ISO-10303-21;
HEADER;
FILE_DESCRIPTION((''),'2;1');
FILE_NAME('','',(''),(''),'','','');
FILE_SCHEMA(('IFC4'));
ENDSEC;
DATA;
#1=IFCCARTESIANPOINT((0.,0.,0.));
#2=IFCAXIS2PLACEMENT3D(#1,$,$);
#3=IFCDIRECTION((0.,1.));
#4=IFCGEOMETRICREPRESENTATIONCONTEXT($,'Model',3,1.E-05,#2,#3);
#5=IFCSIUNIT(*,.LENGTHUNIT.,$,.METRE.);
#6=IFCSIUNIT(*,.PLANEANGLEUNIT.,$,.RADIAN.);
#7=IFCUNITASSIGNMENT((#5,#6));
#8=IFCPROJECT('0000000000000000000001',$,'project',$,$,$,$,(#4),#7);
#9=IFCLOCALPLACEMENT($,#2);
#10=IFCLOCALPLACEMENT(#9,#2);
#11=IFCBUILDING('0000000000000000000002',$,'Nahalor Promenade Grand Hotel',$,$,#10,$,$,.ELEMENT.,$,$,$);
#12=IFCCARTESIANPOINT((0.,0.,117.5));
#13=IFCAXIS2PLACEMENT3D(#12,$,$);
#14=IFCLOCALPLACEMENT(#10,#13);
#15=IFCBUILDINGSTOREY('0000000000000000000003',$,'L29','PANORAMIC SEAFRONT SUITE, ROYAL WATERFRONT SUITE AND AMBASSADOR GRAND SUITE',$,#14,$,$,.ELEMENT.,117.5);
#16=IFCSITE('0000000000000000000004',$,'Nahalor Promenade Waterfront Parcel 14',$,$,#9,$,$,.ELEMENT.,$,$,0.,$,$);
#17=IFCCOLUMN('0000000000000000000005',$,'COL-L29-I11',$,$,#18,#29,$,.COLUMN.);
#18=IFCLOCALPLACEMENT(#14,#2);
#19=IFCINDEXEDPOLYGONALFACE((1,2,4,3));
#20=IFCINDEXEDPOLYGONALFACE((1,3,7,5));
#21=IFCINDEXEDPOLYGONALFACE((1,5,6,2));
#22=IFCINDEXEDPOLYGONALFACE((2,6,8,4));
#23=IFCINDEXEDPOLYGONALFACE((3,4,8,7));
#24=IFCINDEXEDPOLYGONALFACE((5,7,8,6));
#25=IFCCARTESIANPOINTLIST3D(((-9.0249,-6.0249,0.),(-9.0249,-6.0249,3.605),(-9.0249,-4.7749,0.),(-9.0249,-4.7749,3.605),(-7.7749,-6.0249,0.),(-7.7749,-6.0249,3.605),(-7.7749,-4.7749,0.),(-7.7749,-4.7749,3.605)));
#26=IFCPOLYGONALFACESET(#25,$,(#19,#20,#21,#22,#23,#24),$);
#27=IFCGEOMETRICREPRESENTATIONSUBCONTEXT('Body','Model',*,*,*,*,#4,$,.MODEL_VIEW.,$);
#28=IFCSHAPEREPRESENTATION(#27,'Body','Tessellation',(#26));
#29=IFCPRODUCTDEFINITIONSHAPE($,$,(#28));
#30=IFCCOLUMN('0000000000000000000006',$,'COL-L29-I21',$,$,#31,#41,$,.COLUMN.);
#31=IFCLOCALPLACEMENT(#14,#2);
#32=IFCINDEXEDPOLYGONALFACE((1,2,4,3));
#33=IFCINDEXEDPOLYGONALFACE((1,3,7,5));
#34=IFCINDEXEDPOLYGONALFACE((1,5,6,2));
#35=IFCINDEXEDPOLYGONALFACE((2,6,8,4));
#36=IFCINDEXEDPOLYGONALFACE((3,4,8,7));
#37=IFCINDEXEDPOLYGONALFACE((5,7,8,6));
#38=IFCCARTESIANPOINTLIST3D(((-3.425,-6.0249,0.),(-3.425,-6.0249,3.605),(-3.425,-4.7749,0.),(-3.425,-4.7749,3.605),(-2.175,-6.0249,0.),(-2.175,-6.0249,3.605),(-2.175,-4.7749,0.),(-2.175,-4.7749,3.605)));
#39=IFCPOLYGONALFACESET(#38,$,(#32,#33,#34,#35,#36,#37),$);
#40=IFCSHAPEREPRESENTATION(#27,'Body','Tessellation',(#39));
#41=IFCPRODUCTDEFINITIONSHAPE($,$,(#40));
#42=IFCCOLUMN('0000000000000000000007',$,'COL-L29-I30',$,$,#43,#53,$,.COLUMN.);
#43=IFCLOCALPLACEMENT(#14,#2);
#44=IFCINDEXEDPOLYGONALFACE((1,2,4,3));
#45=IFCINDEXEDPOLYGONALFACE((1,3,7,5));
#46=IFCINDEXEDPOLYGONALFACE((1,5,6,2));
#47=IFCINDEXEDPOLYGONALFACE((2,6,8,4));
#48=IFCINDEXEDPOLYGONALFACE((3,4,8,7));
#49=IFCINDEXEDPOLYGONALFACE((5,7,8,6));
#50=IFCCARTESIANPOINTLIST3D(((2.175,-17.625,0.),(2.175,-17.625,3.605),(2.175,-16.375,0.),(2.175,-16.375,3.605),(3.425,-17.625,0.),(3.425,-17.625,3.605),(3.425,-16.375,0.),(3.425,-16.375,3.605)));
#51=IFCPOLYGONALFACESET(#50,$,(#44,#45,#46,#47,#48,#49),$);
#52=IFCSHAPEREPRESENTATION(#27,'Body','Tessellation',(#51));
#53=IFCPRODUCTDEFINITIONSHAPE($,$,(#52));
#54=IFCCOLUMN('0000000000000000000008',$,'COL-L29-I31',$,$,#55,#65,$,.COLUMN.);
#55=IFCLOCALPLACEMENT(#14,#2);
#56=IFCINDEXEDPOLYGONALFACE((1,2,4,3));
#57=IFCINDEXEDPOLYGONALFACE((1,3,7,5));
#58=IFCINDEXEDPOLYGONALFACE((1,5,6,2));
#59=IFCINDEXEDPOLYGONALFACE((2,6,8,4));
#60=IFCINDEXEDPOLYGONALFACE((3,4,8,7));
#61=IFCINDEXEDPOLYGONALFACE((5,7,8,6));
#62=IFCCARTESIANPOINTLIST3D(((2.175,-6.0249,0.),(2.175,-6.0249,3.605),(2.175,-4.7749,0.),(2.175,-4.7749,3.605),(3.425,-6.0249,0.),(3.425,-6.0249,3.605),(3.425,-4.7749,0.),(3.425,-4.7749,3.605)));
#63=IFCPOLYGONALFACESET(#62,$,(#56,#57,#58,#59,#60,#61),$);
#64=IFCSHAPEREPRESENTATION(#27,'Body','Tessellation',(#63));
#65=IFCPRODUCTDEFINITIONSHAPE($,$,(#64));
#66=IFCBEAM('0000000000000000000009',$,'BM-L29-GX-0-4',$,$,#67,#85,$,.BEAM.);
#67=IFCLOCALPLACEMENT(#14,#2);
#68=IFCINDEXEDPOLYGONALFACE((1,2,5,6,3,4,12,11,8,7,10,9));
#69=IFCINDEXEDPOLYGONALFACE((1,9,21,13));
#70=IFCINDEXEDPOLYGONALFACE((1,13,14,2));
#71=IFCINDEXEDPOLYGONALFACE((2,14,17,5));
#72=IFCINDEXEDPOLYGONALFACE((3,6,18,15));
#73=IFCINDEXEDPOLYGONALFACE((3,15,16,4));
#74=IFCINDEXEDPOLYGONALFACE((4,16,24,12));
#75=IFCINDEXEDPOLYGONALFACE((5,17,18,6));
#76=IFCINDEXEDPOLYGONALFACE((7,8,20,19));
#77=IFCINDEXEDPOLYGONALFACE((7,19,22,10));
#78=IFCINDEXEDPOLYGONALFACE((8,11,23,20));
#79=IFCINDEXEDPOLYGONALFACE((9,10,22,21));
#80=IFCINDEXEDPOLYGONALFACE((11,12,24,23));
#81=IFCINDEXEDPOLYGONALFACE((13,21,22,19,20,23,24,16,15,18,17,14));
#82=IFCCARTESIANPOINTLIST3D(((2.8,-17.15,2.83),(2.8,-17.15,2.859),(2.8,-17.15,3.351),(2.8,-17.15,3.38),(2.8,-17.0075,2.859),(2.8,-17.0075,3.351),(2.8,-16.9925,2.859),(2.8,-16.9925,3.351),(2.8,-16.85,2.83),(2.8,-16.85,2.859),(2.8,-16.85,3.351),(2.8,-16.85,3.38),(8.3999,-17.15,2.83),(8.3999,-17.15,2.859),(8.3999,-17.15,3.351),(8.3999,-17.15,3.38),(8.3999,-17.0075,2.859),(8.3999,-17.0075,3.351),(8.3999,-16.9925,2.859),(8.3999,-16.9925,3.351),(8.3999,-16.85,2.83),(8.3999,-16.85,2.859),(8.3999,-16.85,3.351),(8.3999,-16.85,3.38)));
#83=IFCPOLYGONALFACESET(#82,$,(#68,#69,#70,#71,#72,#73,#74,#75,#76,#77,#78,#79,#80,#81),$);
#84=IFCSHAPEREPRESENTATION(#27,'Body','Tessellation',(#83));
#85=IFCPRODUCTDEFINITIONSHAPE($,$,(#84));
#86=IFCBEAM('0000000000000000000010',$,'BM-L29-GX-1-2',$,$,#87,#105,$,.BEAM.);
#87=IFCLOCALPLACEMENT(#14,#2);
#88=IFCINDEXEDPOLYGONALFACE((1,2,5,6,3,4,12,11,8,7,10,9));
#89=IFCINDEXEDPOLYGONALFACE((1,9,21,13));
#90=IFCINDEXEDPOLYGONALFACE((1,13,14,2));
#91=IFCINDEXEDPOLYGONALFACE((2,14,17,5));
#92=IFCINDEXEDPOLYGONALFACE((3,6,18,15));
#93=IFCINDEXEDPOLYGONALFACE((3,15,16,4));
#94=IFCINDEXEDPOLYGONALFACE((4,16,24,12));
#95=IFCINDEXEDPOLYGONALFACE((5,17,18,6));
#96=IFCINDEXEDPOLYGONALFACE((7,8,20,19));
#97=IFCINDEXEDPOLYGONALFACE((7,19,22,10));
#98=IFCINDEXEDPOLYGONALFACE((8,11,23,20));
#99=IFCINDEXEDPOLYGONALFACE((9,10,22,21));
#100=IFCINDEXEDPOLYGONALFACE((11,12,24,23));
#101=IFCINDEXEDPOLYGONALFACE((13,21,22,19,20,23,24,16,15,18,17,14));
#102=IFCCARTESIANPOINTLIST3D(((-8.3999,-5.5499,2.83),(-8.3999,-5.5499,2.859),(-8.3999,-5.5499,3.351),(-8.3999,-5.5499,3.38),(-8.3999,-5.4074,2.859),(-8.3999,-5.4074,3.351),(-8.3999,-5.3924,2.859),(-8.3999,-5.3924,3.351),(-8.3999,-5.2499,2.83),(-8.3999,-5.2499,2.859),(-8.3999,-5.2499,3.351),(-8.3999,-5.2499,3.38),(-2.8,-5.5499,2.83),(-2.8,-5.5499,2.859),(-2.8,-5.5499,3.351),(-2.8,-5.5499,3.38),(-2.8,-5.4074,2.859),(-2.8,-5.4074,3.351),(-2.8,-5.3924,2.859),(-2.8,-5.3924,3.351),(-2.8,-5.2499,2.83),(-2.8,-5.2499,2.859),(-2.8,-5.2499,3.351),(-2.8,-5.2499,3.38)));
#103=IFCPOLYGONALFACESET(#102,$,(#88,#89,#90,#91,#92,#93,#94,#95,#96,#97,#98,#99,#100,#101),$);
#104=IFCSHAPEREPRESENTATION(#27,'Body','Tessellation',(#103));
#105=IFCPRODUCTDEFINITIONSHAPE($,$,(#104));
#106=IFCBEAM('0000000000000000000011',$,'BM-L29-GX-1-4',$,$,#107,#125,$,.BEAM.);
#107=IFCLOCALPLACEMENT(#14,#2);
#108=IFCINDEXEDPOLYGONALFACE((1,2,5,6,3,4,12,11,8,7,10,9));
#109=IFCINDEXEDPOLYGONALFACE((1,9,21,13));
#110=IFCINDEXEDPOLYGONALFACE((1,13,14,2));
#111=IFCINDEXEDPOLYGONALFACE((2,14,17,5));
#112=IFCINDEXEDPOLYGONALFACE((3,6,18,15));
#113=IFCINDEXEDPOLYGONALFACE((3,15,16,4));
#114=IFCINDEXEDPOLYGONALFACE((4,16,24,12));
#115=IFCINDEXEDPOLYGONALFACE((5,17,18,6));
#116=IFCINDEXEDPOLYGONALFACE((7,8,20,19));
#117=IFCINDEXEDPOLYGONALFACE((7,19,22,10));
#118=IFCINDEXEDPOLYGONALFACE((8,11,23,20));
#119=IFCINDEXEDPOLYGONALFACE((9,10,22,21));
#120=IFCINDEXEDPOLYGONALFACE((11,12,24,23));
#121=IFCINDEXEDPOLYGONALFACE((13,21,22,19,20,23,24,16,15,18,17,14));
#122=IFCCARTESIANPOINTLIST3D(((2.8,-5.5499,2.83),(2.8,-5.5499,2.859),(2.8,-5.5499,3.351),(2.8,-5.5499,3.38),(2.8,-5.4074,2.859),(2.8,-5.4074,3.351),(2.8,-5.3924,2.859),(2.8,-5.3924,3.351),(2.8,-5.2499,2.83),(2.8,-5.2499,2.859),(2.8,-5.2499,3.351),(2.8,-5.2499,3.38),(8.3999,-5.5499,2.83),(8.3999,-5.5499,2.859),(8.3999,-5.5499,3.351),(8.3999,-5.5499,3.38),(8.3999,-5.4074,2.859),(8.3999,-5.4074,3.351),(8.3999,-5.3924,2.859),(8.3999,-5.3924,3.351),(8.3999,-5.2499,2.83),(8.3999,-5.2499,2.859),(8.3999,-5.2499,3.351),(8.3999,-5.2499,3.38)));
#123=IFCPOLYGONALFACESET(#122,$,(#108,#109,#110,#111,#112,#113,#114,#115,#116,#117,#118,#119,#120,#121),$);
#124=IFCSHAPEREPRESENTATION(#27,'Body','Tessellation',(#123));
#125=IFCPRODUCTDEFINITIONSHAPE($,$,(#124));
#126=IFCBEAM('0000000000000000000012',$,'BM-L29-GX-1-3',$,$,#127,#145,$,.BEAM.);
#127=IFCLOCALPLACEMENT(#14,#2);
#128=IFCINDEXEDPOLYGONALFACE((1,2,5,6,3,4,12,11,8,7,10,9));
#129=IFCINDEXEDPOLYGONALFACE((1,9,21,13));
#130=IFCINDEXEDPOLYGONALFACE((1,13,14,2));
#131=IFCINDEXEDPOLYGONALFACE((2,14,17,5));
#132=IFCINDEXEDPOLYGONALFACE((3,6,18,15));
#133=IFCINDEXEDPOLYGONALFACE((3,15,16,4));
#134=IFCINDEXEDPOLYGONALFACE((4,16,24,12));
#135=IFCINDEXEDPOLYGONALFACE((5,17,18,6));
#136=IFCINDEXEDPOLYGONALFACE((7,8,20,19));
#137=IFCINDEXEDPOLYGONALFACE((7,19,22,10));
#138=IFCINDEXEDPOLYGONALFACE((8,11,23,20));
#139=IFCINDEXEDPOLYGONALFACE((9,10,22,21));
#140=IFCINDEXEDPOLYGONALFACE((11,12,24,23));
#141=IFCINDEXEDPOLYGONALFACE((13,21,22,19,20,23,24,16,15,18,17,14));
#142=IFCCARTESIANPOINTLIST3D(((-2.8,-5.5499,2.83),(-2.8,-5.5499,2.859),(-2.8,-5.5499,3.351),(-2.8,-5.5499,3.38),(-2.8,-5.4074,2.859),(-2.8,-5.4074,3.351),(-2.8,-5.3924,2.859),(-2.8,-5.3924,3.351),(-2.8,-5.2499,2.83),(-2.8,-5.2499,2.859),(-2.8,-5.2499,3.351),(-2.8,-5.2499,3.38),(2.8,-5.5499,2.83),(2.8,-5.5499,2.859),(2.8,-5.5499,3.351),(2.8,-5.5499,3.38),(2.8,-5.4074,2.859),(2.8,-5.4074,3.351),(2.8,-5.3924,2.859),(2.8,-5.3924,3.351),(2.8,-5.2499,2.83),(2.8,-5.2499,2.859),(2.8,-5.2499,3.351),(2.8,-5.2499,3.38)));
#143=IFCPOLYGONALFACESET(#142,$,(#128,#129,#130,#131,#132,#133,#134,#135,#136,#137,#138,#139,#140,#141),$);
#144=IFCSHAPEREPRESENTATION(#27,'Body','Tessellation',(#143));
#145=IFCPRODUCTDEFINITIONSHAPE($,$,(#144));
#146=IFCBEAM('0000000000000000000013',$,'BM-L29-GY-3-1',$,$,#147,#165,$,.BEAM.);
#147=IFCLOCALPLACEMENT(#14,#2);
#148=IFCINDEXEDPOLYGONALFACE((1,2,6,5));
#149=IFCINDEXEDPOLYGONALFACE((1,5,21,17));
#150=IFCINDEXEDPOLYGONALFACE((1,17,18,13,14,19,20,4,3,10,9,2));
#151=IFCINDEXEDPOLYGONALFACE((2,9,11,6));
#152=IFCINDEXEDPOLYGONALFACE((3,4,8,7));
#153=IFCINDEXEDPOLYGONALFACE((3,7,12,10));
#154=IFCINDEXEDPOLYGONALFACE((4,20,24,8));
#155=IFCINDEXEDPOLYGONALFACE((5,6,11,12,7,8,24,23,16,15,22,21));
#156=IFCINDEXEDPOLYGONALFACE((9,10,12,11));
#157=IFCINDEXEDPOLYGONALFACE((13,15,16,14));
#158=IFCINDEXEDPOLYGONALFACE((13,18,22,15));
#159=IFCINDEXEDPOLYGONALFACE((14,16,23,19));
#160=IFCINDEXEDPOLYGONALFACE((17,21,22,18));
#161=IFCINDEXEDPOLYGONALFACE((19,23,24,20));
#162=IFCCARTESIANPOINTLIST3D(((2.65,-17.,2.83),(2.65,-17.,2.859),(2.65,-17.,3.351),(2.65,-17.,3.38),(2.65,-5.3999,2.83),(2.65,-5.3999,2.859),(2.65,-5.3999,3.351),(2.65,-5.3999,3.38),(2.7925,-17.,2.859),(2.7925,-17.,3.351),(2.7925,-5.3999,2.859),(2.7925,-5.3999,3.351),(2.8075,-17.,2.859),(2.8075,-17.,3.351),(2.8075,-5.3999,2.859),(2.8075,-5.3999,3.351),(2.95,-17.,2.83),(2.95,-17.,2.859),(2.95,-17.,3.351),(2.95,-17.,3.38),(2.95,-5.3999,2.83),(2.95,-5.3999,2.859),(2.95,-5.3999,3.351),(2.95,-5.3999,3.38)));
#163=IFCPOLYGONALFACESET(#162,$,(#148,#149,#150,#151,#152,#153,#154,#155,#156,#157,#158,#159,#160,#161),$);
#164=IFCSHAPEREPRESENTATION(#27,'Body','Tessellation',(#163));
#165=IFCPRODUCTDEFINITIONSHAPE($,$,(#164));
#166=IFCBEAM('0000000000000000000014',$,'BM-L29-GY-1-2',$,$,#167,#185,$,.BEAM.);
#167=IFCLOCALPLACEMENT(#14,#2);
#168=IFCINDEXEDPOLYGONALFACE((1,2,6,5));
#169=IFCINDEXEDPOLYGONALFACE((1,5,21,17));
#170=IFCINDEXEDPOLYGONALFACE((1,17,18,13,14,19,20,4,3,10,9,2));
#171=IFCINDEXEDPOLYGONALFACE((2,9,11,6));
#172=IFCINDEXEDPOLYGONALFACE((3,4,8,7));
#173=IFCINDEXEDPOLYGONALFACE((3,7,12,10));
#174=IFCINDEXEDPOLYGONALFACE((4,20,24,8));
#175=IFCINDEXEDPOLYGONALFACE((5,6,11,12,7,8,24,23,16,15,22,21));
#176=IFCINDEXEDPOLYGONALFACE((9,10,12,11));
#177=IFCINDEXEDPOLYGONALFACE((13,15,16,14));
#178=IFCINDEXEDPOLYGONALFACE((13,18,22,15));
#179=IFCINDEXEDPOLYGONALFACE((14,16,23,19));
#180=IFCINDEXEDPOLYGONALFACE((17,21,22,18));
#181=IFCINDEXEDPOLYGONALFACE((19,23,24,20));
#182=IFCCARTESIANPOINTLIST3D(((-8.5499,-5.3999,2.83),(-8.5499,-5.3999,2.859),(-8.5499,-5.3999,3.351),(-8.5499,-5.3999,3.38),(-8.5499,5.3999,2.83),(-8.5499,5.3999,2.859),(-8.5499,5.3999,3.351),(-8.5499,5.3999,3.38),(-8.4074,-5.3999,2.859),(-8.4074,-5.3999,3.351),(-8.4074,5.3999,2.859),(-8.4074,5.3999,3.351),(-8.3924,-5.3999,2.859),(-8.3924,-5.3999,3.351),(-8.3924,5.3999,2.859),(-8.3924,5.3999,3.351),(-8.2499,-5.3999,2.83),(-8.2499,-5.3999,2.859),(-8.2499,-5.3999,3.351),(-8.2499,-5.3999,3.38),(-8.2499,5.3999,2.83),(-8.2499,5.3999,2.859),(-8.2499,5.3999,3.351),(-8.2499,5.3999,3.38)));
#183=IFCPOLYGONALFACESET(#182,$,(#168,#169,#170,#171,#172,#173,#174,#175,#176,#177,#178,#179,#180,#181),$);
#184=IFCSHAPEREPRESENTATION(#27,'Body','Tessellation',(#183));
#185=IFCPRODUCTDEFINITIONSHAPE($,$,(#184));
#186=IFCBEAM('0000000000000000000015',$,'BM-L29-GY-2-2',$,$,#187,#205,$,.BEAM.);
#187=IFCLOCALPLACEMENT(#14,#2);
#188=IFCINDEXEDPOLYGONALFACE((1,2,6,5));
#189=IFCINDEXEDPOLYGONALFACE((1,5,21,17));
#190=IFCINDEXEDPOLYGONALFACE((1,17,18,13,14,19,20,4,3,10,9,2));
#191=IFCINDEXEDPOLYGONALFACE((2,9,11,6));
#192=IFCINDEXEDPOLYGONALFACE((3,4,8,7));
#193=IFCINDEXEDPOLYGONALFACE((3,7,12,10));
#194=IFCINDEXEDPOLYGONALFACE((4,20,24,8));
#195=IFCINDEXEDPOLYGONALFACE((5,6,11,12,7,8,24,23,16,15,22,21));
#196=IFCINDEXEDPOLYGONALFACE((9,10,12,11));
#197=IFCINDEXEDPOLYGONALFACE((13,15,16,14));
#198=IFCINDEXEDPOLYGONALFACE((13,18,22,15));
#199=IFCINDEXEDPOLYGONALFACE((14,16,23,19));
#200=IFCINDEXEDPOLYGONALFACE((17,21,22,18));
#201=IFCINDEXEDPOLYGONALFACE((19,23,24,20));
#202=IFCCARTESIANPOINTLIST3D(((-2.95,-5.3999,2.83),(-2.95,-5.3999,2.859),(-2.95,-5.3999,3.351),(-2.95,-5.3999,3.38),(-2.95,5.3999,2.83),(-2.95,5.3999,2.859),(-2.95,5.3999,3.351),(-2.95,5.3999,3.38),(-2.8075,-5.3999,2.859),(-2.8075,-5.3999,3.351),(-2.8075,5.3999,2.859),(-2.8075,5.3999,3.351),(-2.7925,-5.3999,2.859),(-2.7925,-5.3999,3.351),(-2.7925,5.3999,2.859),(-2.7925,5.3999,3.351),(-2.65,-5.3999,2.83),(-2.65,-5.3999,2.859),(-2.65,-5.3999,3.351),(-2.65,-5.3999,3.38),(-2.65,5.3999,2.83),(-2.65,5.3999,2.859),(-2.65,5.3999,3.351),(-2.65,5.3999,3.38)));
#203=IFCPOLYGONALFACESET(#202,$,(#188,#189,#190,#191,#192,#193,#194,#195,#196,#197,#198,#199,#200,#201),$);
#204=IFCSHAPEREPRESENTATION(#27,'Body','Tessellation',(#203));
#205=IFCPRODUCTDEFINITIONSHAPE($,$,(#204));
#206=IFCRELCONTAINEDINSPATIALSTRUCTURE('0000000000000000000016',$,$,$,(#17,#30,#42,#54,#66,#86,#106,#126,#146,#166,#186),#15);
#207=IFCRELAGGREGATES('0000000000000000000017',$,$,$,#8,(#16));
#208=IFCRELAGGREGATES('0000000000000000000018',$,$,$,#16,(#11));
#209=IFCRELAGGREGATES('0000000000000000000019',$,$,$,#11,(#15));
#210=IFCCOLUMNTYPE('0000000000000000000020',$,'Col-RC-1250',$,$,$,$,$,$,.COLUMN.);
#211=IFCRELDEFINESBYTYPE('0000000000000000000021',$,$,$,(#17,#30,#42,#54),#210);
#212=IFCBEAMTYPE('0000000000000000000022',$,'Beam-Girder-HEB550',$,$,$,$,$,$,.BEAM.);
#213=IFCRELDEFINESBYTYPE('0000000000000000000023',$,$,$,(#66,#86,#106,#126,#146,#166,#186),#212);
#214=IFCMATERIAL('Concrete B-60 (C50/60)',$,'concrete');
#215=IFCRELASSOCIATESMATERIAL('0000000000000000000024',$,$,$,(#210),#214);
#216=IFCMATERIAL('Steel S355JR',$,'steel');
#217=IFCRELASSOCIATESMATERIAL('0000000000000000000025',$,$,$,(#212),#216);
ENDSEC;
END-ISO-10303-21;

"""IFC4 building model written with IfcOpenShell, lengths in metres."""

from ifc_helpers import new_model, si_unit, direction, frame, origin, origin_2d, place, context, subcontext, project, spatial, rectangle, i_section, extrude, source, transform, mapped, material, material_profile, profile_set, type_object, element, save


model = new_model("IFC4")

# Units and contexts
model_context = context("Model", 3, precision=1e-05, world=origin(), true_north=direction((0.0, 1.0)))
body_context = subcontext(model_context, "Body", "Model", "MODEL_VIEW")
ifc_project = project(units=[si_unit("LENGTHUNIT", "METRE"), si_unit("PLANEANGLEUNIT", "RADIAN")], contexts=[model_context])

# Site, building, storey
site_placement = place(None, origin())
site = spatial("IfcSite", under=ifc_project, at=site_placement, Name="Nahalor Promenade Waterfront Parcel 14", CompositionType="ELEMENT", RefElevation=0.0)
building_placement = place(site_placement, origin())
building = spatial("IfcBuilding", under=site, at=building_placement, Name="Nahalor Promenade Grand Hotel", CompositionType="ELEMENT")
storey_placement = place(building_placement, frame((0.0, 0.0, 117.5)))
storey = spatial("IfcBuildingStorey", under=building, at=storey_placement, Name="L29", Description="PANORAMIC SEAFRONT SUITE, ROYAL WATERFRONT SUITE AND AMBASSADOR GRAND SUITE", CompositionType="ELEMENT", Elevation=117.5)

# Columns
ifc_material_1 = material(Name="Concrete B-60 (C50/60)", Category="concrete")
ifc_material_profile_1 = material_profile(ifc_material_1, rectangle(XDim=1.25, YDim=1.25, at=origin_2d()), Name="RC 1250x1250")
ifc_profile_set_1 = profile_set([ifc_material_profile_1], Name="Concrete B-60 (C50/60)")
column_type = type_object("IfcColumnType", Name="Col-RC-1250", PredefinedType="COLUMN", material=ifc_profile_set_1)
shared_shape_1 = source(origin(), body_context, "Body", "SweptSolid", [
    extrude(rectangle(XDim=1.25, YDim=1.25, at=origin_2d()), origin(), (0.0, 0.0, 1.0), 3.605),
])
for number, where, z_axis, x_axis, name in (
    (1, (-8.3999, -5.3999, 0.0), (0.0, 0.0, 1.0), (1.0, 0.0, 0.0), "COL-L29-I11"),
    (2, (-2.8, -5.3999, 0.0), (0.0, 0.0, 1.0), (1.0, 0.0, 0.0), "COL-L29-I21"),
    (3, (2.8, -17.0, 0.0), (0.0, 0.0, 1.0), (1.0, 0.0, 0.0), "COL-L29-I30"),
    (4, (2.8, -5.3999, 0.0), (0.0, 0.0, 1.0), (1.0, 0.0, 0.0), "COL-L29-I31"),
):
    element("IfcColumn", number, at=place(storey_placement, frame(where, z_axis=z_axis, x_axis=x_axis)), inside=storey, type_object=column_type, Name=name, PredefinedType="COLUMN", context=body_context, shape_type="MappedRepresentation", body=[
        mapped(shared_shape_1, transform((0.0, 0.0, 0.0), scale=1.0)),
    ])

# Beams
ifc_material_2 = material(Name="Steel S355JR", Category="steel")
ifc_material_profile_2 = material_profile(ifc_material_2, i_section(OverallWidth=0.3, OverallDepth=0.55, WebThickness=0.015, FlangeThickness=0.029, at=origin_2d()), Name="HEB 550")
ifc_profile_set_2 = profile_set([ifc_material_profile_2], Name="Steel S355JR")
beam_type = type_object("IfcBeamType", Name="Beam-Girder-HEB550", PredefinedType="BEAM", material=ifc_profile_set_2)
shared_shape_2 = source(origin(), body_context, "Body", "SweptSolid", [
    extrude(i_section(OverallWidth=0.3, OverallDepth=0.55, WebThickness=0.015, FlangeThickness=0.029, at=origin_2d()), origin(), (0.0, 0.0, 1.0), 5.5999),
])
for number, where, z_axis, x_axis, name in (
    (5, (2.8, -17.0, 3.105), (1.0, 0.0, 0.0), (0.0, 1.0, 0.0), "BM-L29-GX-0-4"),
    (6, (-8.3999, -5.3999, 3.105), (1.0, 0.0, 0.0), (0.0, 1.0, 0.0), "BM-L29-GX-1-2"),
    (7, (2.8, -5.3999, 3.105), (1.0, 0.0, 0.0), (0.0, 1.0, 0.0), "BM-L29-GX-1-4"),
):
    element("IfcBeam", number, at=place(storey_placement, frame(where, z_axis=z_axis, x_axis=x_axis)), inside=storey, type_object=beam_type, Name=name, PredefinedType="BEAM", context=body_context, shape_type="MappedRepresentation", body=[
        mapped(shared_shape_2, transform((0.0, 0.0, 0.0), scale=1.0)),
    ])
shared_shape_3 = source(origin(), body_context, "Body", "SweptSolid", [
    extrude(i_section(OverallWidth=0.3, OverallDepth=0.55, WebThickness=0.015, FlangeThickness=0.029, at=origin_2d()), origin(), (0.0, 0.0, 1.0), 5.6001),
])
beam_1_placement = place(storey_placement, frame((-2.8, -5.3999, 3.105), z_axis=(1.0, 0.0, 0.0), x_axis=(0.0, 1.0, 0.0)))
element("IfcBeam", 8, at=beam_1_placement, inside=storey, type_object=beam_type, Name="BM-L29-GX-1-3", PredefinedType="BEAM", context=body_context, shape_type="MappedRepresentation", body=[
    mapped(shared_shape_3, transform((0.0, 0.0, 0.0), scale=1.0)),
])
shared_shape_4 = source(origin(), body_context, "Body", "SweptSolid", [
    extrude(i_section(OverallWidth=0.3, OverallDepth=0.55, WebThickness=0.015, FlangeThickness=0.029, at=origin_2d()), origin(), (0.0, 0.0, 1.0), 11.6001),
])
beam_2_placement = place(storey_placement, frame((2.8, -17.0, 3.105), z_axis=(0.0, 1.0, 0.0), x_axis=(-1.0, 0.0, 0.0)))
element("IfcBeam", 9, at=beam_2_placement, inside=storey, type_object=beam_type, Name="BM-L29-GY-3-1", PredefinedType="BEAM", context=body_context, shape_type="MappedRepresentation", body=[
    mapped(shared_shape_4, transform((0.0, 0.0, 0.0), scale=1.0)),
])
shared_shape_5 = source(origin(), body_context, "Body", "SweptSolid", [
    extrude(i_section(OverallWidth=0.3, OverallDepth=0.55, WebThickness=0.015, FlangeThickness=0.029, at=origin_2d()), origin(), (0.0, 0.0, 1.0), 10.7998),
])
for number, where, z_axis, x_axis, name in (
    (10, (-8.3999, -5.3999, 3.105), (0.0, 1.0, 0.0), (-1.0, 0.0, 0.0), "BM-L29-GY-1-2"),
    (11, (-2.8, -5.3999, 3.105), (0.0, 1.0, 0.0), (-1.0, 0.0, 0.0), "BM-L29-GY-2-2"),
):
    element("IfcBeam", number, at=place(storey_placement, frame(where, z_axis=z_axis, x_axis=x_axis)), inside=storey, type_object=beam_type, Name=name, PredefinedType="BEAM", context=body_context, shape_type="MappedRepresentation", body=[
        mapped(shared_shape_5, transform((0.0, 0.0, 0.0), scale=1.0)),
    ])

save(model, "model.ifc")
